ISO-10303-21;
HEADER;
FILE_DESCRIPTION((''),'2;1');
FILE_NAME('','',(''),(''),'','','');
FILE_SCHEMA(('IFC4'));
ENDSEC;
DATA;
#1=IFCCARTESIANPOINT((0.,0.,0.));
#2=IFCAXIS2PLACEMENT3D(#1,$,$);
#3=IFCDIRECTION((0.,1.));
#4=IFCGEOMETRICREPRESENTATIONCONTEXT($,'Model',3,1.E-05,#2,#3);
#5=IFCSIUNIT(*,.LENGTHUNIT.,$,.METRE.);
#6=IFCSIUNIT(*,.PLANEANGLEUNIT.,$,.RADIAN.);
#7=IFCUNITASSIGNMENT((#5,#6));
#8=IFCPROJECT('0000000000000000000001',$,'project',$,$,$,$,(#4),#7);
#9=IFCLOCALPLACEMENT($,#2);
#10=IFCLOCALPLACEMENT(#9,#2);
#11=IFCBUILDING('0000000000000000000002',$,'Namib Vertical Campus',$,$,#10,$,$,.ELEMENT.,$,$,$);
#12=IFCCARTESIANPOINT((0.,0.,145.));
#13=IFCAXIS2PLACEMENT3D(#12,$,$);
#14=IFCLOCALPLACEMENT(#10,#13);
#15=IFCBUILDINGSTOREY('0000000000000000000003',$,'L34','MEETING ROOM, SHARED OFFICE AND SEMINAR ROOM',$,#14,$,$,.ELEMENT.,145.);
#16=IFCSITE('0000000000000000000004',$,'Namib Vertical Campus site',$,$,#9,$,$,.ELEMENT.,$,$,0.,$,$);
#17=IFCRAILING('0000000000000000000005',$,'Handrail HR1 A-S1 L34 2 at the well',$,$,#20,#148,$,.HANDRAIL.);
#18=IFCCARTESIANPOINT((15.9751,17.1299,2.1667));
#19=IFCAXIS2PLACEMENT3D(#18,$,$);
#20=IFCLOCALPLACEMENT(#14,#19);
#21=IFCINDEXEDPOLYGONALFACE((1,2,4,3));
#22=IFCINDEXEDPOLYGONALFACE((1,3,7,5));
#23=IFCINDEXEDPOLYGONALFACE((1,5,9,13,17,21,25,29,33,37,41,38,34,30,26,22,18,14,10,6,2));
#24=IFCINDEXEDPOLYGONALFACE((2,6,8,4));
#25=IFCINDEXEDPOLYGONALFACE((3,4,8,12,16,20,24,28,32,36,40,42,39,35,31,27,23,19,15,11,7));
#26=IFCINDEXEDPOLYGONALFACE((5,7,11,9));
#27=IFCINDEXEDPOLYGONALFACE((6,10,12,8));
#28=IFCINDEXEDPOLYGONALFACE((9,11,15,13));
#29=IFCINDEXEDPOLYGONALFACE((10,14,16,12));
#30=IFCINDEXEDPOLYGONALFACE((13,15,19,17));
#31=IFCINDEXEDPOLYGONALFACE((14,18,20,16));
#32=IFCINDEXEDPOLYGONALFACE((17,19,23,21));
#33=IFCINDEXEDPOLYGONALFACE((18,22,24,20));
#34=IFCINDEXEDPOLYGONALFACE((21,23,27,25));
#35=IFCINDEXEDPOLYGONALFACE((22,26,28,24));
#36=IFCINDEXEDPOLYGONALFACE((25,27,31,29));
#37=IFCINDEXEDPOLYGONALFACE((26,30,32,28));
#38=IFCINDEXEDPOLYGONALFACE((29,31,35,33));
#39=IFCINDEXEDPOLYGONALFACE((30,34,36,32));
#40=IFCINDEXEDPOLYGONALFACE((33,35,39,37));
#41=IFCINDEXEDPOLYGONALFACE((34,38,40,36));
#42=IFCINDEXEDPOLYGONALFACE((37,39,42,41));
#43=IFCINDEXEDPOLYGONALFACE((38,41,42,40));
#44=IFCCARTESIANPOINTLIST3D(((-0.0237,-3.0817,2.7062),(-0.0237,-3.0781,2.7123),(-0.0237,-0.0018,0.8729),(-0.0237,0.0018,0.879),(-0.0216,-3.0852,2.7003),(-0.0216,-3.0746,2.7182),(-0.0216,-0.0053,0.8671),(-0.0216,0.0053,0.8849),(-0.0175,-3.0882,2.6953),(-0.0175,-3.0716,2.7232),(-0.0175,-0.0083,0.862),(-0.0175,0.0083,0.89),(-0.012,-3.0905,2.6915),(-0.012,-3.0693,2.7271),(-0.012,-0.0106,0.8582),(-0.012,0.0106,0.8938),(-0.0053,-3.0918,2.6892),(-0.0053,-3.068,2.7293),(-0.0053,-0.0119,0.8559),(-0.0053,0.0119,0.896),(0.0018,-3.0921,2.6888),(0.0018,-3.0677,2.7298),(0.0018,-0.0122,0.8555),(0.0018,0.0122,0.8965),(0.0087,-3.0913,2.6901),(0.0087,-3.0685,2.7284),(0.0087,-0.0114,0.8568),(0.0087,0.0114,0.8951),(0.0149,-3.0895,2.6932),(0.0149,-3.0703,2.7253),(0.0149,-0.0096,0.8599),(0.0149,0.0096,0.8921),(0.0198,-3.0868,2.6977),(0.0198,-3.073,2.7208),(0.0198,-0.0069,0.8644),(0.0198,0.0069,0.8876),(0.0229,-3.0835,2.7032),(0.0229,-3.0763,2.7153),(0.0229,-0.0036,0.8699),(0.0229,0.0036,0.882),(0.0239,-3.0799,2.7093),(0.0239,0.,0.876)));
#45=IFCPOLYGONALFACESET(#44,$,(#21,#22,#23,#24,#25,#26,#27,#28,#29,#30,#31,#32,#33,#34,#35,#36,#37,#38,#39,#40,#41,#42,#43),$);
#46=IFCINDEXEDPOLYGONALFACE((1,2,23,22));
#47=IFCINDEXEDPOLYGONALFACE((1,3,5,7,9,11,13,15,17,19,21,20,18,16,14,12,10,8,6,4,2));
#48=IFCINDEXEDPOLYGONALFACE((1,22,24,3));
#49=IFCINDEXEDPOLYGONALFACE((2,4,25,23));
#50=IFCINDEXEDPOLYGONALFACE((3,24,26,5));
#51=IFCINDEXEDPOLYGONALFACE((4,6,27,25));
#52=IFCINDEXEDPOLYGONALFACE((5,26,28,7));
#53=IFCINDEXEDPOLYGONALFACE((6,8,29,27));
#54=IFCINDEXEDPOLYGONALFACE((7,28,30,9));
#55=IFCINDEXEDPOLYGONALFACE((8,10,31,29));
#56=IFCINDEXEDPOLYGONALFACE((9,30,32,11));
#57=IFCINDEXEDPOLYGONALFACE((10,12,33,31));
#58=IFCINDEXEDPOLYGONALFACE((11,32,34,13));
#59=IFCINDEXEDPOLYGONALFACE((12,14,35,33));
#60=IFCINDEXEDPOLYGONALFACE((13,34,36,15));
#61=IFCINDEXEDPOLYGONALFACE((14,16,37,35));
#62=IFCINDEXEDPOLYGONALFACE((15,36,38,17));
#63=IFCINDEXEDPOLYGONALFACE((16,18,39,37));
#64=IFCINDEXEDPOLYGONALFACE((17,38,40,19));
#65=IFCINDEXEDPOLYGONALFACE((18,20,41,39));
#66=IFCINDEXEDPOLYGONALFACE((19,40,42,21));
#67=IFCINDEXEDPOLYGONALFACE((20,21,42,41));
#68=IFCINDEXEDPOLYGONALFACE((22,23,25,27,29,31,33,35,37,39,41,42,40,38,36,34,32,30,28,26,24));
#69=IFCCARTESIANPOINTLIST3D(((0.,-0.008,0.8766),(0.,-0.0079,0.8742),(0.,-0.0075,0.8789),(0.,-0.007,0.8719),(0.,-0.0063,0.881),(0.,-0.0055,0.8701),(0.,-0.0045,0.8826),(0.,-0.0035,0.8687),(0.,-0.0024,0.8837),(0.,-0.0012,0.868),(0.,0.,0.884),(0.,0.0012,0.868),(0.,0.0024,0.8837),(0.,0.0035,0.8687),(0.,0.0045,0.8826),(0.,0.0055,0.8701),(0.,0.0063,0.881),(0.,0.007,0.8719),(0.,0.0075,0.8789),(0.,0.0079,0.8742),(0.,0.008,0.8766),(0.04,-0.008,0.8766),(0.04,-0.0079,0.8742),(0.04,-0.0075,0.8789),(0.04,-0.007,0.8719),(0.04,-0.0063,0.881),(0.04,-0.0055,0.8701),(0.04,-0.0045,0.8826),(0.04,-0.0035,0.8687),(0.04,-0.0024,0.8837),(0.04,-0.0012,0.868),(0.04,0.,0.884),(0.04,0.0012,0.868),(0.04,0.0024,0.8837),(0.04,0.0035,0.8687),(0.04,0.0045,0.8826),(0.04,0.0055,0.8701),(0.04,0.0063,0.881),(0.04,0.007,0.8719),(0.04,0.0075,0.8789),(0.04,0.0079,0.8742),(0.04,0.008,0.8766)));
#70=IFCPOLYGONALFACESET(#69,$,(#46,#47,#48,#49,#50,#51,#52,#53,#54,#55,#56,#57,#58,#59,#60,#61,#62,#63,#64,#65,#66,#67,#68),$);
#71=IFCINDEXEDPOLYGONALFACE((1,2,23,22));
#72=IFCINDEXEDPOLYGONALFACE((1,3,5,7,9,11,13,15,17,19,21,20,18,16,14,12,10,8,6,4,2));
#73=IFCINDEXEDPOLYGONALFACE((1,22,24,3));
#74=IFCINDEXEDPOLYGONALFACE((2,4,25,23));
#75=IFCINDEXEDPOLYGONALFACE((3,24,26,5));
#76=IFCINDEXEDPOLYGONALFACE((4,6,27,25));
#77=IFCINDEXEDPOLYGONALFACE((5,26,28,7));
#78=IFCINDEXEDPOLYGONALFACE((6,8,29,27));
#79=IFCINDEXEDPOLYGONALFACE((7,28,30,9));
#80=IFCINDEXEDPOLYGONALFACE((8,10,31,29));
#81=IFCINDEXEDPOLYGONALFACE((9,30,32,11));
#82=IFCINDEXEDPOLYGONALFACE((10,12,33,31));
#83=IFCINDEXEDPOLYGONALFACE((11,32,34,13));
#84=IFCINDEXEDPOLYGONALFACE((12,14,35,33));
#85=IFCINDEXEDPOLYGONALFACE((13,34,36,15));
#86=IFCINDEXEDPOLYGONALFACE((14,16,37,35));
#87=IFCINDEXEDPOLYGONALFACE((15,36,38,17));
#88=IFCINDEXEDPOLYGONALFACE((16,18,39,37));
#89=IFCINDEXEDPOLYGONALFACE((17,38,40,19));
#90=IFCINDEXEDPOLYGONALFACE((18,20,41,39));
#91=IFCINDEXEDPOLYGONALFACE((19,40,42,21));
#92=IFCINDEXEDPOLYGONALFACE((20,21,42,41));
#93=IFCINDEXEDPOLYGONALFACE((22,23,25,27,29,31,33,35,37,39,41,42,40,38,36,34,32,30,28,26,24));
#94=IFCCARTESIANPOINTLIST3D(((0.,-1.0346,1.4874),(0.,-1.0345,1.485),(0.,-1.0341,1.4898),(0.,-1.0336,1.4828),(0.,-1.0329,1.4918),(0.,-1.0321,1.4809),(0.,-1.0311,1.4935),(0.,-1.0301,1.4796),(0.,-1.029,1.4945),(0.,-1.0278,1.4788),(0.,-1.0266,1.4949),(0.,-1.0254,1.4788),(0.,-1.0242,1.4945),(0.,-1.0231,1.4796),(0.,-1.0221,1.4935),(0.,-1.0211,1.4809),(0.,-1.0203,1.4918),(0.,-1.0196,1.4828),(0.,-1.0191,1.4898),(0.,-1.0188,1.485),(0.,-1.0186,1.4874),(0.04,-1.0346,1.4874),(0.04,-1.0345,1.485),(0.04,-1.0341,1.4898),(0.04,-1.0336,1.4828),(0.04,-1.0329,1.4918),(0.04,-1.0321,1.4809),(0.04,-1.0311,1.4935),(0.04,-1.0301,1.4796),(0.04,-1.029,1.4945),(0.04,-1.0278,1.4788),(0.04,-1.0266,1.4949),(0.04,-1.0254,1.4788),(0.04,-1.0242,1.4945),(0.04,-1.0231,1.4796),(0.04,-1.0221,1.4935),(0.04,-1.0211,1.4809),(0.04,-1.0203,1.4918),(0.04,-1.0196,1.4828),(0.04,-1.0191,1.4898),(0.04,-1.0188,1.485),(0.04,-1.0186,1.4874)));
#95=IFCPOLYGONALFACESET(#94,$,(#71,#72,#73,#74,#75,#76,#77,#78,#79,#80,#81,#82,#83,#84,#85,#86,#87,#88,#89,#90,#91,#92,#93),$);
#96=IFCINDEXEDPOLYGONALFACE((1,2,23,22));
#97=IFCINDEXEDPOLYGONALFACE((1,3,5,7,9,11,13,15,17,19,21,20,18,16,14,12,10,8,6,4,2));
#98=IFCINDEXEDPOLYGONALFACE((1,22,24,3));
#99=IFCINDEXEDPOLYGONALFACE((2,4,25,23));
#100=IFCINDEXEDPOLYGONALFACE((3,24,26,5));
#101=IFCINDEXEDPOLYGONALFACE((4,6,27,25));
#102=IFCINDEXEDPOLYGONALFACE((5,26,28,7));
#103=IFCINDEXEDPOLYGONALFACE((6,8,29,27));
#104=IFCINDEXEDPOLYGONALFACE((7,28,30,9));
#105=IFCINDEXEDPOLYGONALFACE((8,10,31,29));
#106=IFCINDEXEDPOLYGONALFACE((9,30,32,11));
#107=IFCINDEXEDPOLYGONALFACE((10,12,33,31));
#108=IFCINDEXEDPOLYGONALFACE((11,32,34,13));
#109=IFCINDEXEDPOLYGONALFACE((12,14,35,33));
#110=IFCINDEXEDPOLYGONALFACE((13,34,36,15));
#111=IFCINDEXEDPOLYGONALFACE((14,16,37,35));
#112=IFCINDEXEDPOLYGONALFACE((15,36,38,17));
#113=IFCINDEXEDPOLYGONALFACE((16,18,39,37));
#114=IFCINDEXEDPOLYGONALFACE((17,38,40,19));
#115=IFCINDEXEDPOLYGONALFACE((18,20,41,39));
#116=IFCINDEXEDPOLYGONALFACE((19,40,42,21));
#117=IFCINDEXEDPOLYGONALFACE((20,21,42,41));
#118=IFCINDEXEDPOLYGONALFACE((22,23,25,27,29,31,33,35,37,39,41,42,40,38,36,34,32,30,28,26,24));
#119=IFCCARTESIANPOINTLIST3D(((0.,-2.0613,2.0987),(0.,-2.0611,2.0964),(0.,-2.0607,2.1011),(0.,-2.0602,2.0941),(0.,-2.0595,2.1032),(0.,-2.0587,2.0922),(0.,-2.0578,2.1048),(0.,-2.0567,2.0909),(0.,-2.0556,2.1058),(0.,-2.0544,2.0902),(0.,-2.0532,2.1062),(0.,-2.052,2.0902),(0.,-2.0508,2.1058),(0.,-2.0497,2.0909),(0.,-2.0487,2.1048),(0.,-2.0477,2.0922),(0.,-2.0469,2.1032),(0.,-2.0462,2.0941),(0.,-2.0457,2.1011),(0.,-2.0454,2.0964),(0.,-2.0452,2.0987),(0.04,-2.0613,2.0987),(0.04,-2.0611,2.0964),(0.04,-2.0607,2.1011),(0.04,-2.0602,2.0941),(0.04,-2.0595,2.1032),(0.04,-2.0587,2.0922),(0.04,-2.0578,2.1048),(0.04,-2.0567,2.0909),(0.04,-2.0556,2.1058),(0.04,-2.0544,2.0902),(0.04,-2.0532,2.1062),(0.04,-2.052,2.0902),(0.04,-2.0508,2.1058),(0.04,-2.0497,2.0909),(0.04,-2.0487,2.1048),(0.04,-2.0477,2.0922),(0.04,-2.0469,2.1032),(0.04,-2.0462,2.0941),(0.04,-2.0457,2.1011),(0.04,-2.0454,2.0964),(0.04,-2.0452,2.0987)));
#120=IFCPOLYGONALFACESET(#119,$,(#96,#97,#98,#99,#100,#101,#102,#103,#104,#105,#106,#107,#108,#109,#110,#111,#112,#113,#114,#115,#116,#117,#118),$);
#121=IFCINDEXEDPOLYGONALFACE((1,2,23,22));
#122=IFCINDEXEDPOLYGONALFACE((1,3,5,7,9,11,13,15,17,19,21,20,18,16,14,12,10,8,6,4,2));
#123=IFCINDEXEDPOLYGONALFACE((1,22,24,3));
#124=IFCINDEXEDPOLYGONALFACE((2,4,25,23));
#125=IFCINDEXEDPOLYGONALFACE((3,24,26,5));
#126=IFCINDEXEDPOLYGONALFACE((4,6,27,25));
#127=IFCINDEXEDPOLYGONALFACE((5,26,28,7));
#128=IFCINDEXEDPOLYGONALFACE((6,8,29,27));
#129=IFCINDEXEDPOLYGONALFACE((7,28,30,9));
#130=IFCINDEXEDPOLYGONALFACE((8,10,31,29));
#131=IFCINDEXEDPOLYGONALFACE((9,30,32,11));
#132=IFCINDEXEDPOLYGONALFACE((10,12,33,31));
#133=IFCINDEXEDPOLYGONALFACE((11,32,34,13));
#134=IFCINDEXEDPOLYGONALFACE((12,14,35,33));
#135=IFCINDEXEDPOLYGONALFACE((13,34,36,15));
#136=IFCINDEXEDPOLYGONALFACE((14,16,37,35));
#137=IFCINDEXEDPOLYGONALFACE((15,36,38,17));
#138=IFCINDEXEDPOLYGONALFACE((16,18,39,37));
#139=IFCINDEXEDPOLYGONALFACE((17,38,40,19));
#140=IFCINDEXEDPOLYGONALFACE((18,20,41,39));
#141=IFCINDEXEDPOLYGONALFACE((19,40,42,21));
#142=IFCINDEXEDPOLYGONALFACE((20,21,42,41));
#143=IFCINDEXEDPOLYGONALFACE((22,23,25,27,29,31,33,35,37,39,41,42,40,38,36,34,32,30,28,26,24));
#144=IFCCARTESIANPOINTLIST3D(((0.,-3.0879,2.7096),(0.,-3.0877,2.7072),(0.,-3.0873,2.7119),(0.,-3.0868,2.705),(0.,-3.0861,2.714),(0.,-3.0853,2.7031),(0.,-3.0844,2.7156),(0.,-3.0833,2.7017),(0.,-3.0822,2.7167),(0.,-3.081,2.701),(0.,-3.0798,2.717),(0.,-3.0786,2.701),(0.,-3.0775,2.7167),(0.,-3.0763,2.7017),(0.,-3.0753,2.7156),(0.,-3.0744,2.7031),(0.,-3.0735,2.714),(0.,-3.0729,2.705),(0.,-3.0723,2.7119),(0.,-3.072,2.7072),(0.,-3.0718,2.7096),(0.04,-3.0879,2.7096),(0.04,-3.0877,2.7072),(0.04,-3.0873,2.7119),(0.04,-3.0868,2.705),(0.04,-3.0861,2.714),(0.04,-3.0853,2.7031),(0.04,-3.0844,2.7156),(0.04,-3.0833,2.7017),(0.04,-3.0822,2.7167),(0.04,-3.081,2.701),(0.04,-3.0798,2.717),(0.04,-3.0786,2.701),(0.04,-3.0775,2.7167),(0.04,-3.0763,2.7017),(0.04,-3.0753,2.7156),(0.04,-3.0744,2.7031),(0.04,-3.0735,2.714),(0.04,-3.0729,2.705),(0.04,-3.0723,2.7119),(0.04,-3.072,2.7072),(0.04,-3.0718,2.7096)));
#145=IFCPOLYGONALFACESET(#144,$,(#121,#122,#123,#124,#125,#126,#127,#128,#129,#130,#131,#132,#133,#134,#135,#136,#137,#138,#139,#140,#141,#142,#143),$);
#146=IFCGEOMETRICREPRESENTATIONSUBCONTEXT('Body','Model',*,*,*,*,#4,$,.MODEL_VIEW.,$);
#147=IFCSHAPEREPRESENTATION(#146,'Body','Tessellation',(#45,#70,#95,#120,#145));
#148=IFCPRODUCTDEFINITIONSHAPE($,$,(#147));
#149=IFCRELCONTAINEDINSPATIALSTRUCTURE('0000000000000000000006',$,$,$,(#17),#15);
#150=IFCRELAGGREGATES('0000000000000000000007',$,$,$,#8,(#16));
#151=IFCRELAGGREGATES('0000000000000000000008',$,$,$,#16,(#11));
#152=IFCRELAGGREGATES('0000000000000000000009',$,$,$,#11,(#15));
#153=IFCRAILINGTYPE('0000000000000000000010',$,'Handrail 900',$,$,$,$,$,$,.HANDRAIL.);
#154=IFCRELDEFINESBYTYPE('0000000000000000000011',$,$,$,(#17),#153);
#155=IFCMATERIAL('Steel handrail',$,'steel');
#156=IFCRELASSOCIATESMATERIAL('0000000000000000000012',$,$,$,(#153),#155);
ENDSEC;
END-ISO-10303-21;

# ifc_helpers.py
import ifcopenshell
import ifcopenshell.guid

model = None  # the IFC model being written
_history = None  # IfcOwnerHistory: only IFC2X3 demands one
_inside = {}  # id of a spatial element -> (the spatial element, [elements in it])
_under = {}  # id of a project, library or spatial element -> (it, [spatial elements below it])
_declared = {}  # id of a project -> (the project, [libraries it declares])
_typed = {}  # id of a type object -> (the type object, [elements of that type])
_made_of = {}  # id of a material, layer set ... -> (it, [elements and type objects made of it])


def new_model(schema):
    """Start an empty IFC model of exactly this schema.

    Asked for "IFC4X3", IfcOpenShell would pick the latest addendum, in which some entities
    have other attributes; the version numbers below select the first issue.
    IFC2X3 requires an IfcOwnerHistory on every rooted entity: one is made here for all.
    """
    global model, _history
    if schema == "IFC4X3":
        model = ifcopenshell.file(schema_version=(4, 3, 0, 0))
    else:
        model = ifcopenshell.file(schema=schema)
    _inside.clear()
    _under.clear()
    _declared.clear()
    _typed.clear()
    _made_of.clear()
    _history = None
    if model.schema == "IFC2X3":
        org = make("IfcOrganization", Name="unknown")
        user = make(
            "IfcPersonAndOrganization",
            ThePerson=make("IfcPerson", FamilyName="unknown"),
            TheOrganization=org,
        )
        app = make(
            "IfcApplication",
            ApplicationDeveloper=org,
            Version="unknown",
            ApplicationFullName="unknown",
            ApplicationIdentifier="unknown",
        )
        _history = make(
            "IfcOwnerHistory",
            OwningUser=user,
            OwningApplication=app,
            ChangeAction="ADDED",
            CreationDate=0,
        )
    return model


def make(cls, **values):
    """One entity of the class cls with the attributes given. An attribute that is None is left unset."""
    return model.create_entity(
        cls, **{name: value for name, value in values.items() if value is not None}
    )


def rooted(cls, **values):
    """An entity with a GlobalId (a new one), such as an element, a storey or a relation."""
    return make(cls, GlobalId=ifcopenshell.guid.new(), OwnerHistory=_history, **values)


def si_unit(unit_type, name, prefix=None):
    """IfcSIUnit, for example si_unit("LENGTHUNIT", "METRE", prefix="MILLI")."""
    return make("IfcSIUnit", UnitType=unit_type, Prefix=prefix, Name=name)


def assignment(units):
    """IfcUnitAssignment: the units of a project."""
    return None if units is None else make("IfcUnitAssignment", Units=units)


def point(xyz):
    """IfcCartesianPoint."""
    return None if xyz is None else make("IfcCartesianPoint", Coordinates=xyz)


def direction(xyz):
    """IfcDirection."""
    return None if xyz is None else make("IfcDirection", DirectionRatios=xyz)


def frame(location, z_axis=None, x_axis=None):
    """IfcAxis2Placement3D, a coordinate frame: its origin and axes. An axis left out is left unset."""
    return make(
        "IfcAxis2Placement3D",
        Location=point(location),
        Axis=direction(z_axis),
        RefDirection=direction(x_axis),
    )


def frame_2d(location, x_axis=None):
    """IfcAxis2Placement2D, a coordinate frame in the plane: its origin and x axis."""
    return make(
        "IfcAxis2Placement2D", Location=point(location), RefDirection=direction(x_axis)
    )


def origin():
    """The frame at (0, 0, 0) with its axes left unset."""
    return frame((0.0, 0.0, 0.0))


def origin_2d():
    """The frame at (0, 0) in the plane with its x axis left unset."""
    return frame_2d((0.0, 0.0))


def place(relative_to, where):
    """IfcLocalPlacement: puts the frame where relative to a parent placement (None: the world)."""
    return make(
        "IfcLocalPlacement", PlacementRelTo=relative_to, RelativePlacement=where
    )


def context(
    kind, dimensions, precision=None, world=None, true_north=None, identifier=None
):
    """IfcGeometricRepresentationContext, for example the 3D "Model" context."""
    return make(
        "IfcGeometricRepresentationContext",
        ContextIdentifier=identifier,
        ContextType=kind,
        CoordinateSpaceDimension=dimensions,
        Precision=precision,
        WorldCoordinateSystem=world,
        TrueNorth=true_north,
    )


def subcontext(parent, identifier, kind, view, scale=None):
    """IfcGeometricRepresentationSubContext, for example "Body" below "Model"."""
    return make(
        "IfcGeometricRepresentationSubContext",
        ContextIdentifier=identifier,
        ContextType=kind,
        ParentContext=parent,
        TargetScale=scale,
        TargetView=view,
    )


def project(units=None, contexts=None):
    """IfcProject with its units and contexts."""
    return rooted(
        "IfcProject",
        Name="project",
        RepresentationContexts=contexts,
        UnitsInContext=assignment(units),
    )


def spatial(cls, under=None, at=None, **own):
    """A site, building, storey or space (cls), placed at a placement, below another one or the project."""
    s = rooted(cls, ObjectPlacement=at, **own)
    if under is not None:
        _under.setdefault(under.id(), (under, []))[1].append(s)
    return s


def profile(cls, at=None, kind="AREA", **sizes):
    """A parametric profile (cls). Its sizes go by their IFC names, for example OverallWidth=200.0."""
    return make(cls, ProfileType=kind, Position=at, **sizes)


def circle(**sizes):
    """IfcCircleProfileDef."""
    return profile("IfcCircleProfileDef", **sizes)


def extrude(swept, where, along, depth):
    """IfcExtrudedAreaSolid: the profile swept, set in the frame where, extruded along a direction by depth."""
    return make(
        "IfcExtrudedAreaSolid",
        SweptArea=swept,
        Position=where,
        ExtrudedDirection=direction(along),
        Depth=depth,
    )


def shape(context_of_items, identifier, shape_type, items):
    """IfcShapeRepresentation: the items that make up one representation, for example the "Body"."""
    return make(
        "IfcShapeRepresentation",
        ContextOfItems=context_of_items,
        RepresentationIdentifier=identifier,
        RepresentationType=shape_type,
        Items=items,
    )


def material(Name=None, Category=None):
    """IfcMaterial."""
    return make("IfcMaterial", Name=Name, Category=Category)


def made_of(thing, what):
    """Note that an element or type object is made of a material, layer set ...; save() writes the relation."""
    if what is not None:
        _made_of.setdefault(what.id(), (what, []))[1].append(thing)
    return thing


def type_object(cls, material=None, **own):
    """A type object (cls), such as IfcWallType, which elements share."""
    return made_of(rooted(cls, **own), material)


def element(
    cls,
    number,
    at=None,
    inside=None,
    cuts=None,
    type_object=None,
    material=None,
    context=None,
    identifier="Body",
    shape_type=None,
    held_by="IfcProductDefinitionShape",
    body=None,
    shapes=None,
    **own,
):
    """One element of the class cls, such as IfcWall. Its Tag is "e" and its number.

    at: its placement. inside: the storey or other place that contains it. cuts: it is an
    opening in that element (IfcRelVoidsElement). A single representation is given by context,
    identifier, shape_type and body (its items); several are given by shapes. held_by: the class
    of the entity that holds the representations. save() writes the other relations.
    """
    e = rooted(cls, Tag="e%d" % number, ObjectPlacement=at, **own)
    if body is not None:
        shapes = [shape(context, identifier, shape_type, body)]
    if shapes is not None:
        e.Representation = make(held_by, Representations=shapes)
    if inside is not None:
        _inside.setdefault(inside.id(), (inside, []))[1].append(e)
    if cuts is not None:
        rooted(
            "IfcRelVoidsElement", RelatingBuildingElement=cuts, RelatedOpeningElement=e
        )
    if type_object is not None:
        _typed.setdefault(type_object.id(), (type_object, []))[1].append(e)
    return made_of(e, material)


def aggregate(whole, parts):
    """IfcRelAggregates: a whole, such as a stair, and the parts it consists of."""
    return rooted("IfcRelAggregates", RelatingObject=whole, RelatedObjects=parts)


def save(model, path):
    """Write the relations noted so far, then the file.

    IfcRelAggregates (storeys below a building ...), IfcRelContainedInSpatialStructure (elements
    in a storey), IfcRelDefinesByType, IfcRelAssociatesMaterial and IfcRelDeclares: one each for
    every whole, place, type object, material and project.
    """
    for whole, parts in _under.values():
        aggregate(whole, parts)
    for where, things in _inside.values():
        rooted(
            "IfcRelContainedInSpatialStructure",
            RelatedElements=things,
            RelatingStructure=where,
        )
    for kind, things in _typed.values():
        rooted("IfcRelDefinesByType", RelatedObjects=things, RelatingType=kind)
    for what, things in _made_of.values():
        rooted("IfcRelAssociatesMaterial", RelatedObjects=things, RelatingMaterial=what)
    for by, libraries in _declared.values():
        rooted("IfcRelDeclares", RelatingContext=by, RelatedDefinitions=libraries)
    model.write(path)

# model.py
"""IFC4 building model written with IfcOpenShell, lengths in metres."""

from ifc_helpers import new_model, si_unit, direction, frame, origin, origin_2d, place, context, subcontext, project, spatial, circle, extrude, material, type_object, element, save


model = new_model("IFC4")

# Units and contexts
model_context = context("Model", 3, precision=1e-05, world=origin(), true_north=direction((0.0, 1.0)))
body_context = subcontext(model_context, "Body", "Model", "MODEL_VIEW")
ifc_project = project(units=[si_unit("LENGTHUNIT", "METRE"), si_unit("PLANEANGLEUNIT", "RADIAN")], contexts=[model_context])

# Site, building, storey
site_placement = place(None, origin())
site = spatial("IfcSite", under=ifc_project, at=site_placement, Name="Namib Vertical Campus site", CompositionType="ELEMENT", RefElevation=0.0)
building_placement = place(site_placement, origin())
building = spatial("IfcBuilding", under=site, at=building_placement, Name="Namib Vertical Campus", CompositionType="ELEMENT")
storey_placement = place(building_placement, frame((0.0, 0.0, 145.0)))
storey = spatial("IfcBuildingStorey", under=building, at=storey_placement, Name="L34", Description="MEETING ROOM, SHARED OFFICE AND SEMINAR ROOM", CompositionType="ELEMENT", Elevation=145.0)

# Railing
ifc_material_1 = material(Name="Steel handrail", Category="steel")
railing_type_1 = type_object("IfcRailingType", Name="Handrail 900", PredefinedType="HANDRAIL", material=ifc_material_1)
railing_1_placement = place(storey_placement, frame((15.9751, 17.1299, 2.1667)))
element("IfcRailing", 1, at=railing_1_placement, inside=storey, type_object=railing_type_1, Name="Handrail HR1 A-S1 L34 2 at the well", PredefinedType="HANDRAIL", context=body_context, shape_type="SweptSolid", body=[
    extrude(circle(Radius=0.0239, at=origin_2d()), frame((0.0, 0.0, 0.876), z_axis=(0.0, -0.859291, 0.511487), x_axis=(1.0, 0.0, 0.0)), (0.0, 0.0, 1.0), 3.5842),
    extrude(circle(Radius=0.0081, at=origin_2d()), frame((0.0, 0.0, 0.876), z_axis=(1.0, 0.0, 0.0), x_axis=(0.0, 0.0, 1.0)), (0.0, 0.0, 1.0), 0.04),
    extrude(circle(Radius=0.0081, at=origin_2d()), frame((0.0, -1.0266, 1.4868), z_axis=(1.0, 0.0, 0.0), x_axis=(0.0, 0.0, 1.0)), (0.0, 0.0, 1.0), 0.04),
    extrude(circle(Radius=0.0081, at=origin_2d()), frame((0.0, -2.0532, 2.0981), z_axis=(1.0, 0.0, 0.0), x_axis=(0.0, 0.0, 1.0)), (0.0, 0.0, 1.0), 0.04),
    extrude(circle(Radius=0.0081, at=origin_2d()), frame((0.0, -3.0798, 2.709), z_axis=(1.0, 0.0, 0.0), x_axis=(0.0, 0.0, 1.0)), (0.0, 0.0, 1.0), 0.04),
])

save(model, "model.ifc")
